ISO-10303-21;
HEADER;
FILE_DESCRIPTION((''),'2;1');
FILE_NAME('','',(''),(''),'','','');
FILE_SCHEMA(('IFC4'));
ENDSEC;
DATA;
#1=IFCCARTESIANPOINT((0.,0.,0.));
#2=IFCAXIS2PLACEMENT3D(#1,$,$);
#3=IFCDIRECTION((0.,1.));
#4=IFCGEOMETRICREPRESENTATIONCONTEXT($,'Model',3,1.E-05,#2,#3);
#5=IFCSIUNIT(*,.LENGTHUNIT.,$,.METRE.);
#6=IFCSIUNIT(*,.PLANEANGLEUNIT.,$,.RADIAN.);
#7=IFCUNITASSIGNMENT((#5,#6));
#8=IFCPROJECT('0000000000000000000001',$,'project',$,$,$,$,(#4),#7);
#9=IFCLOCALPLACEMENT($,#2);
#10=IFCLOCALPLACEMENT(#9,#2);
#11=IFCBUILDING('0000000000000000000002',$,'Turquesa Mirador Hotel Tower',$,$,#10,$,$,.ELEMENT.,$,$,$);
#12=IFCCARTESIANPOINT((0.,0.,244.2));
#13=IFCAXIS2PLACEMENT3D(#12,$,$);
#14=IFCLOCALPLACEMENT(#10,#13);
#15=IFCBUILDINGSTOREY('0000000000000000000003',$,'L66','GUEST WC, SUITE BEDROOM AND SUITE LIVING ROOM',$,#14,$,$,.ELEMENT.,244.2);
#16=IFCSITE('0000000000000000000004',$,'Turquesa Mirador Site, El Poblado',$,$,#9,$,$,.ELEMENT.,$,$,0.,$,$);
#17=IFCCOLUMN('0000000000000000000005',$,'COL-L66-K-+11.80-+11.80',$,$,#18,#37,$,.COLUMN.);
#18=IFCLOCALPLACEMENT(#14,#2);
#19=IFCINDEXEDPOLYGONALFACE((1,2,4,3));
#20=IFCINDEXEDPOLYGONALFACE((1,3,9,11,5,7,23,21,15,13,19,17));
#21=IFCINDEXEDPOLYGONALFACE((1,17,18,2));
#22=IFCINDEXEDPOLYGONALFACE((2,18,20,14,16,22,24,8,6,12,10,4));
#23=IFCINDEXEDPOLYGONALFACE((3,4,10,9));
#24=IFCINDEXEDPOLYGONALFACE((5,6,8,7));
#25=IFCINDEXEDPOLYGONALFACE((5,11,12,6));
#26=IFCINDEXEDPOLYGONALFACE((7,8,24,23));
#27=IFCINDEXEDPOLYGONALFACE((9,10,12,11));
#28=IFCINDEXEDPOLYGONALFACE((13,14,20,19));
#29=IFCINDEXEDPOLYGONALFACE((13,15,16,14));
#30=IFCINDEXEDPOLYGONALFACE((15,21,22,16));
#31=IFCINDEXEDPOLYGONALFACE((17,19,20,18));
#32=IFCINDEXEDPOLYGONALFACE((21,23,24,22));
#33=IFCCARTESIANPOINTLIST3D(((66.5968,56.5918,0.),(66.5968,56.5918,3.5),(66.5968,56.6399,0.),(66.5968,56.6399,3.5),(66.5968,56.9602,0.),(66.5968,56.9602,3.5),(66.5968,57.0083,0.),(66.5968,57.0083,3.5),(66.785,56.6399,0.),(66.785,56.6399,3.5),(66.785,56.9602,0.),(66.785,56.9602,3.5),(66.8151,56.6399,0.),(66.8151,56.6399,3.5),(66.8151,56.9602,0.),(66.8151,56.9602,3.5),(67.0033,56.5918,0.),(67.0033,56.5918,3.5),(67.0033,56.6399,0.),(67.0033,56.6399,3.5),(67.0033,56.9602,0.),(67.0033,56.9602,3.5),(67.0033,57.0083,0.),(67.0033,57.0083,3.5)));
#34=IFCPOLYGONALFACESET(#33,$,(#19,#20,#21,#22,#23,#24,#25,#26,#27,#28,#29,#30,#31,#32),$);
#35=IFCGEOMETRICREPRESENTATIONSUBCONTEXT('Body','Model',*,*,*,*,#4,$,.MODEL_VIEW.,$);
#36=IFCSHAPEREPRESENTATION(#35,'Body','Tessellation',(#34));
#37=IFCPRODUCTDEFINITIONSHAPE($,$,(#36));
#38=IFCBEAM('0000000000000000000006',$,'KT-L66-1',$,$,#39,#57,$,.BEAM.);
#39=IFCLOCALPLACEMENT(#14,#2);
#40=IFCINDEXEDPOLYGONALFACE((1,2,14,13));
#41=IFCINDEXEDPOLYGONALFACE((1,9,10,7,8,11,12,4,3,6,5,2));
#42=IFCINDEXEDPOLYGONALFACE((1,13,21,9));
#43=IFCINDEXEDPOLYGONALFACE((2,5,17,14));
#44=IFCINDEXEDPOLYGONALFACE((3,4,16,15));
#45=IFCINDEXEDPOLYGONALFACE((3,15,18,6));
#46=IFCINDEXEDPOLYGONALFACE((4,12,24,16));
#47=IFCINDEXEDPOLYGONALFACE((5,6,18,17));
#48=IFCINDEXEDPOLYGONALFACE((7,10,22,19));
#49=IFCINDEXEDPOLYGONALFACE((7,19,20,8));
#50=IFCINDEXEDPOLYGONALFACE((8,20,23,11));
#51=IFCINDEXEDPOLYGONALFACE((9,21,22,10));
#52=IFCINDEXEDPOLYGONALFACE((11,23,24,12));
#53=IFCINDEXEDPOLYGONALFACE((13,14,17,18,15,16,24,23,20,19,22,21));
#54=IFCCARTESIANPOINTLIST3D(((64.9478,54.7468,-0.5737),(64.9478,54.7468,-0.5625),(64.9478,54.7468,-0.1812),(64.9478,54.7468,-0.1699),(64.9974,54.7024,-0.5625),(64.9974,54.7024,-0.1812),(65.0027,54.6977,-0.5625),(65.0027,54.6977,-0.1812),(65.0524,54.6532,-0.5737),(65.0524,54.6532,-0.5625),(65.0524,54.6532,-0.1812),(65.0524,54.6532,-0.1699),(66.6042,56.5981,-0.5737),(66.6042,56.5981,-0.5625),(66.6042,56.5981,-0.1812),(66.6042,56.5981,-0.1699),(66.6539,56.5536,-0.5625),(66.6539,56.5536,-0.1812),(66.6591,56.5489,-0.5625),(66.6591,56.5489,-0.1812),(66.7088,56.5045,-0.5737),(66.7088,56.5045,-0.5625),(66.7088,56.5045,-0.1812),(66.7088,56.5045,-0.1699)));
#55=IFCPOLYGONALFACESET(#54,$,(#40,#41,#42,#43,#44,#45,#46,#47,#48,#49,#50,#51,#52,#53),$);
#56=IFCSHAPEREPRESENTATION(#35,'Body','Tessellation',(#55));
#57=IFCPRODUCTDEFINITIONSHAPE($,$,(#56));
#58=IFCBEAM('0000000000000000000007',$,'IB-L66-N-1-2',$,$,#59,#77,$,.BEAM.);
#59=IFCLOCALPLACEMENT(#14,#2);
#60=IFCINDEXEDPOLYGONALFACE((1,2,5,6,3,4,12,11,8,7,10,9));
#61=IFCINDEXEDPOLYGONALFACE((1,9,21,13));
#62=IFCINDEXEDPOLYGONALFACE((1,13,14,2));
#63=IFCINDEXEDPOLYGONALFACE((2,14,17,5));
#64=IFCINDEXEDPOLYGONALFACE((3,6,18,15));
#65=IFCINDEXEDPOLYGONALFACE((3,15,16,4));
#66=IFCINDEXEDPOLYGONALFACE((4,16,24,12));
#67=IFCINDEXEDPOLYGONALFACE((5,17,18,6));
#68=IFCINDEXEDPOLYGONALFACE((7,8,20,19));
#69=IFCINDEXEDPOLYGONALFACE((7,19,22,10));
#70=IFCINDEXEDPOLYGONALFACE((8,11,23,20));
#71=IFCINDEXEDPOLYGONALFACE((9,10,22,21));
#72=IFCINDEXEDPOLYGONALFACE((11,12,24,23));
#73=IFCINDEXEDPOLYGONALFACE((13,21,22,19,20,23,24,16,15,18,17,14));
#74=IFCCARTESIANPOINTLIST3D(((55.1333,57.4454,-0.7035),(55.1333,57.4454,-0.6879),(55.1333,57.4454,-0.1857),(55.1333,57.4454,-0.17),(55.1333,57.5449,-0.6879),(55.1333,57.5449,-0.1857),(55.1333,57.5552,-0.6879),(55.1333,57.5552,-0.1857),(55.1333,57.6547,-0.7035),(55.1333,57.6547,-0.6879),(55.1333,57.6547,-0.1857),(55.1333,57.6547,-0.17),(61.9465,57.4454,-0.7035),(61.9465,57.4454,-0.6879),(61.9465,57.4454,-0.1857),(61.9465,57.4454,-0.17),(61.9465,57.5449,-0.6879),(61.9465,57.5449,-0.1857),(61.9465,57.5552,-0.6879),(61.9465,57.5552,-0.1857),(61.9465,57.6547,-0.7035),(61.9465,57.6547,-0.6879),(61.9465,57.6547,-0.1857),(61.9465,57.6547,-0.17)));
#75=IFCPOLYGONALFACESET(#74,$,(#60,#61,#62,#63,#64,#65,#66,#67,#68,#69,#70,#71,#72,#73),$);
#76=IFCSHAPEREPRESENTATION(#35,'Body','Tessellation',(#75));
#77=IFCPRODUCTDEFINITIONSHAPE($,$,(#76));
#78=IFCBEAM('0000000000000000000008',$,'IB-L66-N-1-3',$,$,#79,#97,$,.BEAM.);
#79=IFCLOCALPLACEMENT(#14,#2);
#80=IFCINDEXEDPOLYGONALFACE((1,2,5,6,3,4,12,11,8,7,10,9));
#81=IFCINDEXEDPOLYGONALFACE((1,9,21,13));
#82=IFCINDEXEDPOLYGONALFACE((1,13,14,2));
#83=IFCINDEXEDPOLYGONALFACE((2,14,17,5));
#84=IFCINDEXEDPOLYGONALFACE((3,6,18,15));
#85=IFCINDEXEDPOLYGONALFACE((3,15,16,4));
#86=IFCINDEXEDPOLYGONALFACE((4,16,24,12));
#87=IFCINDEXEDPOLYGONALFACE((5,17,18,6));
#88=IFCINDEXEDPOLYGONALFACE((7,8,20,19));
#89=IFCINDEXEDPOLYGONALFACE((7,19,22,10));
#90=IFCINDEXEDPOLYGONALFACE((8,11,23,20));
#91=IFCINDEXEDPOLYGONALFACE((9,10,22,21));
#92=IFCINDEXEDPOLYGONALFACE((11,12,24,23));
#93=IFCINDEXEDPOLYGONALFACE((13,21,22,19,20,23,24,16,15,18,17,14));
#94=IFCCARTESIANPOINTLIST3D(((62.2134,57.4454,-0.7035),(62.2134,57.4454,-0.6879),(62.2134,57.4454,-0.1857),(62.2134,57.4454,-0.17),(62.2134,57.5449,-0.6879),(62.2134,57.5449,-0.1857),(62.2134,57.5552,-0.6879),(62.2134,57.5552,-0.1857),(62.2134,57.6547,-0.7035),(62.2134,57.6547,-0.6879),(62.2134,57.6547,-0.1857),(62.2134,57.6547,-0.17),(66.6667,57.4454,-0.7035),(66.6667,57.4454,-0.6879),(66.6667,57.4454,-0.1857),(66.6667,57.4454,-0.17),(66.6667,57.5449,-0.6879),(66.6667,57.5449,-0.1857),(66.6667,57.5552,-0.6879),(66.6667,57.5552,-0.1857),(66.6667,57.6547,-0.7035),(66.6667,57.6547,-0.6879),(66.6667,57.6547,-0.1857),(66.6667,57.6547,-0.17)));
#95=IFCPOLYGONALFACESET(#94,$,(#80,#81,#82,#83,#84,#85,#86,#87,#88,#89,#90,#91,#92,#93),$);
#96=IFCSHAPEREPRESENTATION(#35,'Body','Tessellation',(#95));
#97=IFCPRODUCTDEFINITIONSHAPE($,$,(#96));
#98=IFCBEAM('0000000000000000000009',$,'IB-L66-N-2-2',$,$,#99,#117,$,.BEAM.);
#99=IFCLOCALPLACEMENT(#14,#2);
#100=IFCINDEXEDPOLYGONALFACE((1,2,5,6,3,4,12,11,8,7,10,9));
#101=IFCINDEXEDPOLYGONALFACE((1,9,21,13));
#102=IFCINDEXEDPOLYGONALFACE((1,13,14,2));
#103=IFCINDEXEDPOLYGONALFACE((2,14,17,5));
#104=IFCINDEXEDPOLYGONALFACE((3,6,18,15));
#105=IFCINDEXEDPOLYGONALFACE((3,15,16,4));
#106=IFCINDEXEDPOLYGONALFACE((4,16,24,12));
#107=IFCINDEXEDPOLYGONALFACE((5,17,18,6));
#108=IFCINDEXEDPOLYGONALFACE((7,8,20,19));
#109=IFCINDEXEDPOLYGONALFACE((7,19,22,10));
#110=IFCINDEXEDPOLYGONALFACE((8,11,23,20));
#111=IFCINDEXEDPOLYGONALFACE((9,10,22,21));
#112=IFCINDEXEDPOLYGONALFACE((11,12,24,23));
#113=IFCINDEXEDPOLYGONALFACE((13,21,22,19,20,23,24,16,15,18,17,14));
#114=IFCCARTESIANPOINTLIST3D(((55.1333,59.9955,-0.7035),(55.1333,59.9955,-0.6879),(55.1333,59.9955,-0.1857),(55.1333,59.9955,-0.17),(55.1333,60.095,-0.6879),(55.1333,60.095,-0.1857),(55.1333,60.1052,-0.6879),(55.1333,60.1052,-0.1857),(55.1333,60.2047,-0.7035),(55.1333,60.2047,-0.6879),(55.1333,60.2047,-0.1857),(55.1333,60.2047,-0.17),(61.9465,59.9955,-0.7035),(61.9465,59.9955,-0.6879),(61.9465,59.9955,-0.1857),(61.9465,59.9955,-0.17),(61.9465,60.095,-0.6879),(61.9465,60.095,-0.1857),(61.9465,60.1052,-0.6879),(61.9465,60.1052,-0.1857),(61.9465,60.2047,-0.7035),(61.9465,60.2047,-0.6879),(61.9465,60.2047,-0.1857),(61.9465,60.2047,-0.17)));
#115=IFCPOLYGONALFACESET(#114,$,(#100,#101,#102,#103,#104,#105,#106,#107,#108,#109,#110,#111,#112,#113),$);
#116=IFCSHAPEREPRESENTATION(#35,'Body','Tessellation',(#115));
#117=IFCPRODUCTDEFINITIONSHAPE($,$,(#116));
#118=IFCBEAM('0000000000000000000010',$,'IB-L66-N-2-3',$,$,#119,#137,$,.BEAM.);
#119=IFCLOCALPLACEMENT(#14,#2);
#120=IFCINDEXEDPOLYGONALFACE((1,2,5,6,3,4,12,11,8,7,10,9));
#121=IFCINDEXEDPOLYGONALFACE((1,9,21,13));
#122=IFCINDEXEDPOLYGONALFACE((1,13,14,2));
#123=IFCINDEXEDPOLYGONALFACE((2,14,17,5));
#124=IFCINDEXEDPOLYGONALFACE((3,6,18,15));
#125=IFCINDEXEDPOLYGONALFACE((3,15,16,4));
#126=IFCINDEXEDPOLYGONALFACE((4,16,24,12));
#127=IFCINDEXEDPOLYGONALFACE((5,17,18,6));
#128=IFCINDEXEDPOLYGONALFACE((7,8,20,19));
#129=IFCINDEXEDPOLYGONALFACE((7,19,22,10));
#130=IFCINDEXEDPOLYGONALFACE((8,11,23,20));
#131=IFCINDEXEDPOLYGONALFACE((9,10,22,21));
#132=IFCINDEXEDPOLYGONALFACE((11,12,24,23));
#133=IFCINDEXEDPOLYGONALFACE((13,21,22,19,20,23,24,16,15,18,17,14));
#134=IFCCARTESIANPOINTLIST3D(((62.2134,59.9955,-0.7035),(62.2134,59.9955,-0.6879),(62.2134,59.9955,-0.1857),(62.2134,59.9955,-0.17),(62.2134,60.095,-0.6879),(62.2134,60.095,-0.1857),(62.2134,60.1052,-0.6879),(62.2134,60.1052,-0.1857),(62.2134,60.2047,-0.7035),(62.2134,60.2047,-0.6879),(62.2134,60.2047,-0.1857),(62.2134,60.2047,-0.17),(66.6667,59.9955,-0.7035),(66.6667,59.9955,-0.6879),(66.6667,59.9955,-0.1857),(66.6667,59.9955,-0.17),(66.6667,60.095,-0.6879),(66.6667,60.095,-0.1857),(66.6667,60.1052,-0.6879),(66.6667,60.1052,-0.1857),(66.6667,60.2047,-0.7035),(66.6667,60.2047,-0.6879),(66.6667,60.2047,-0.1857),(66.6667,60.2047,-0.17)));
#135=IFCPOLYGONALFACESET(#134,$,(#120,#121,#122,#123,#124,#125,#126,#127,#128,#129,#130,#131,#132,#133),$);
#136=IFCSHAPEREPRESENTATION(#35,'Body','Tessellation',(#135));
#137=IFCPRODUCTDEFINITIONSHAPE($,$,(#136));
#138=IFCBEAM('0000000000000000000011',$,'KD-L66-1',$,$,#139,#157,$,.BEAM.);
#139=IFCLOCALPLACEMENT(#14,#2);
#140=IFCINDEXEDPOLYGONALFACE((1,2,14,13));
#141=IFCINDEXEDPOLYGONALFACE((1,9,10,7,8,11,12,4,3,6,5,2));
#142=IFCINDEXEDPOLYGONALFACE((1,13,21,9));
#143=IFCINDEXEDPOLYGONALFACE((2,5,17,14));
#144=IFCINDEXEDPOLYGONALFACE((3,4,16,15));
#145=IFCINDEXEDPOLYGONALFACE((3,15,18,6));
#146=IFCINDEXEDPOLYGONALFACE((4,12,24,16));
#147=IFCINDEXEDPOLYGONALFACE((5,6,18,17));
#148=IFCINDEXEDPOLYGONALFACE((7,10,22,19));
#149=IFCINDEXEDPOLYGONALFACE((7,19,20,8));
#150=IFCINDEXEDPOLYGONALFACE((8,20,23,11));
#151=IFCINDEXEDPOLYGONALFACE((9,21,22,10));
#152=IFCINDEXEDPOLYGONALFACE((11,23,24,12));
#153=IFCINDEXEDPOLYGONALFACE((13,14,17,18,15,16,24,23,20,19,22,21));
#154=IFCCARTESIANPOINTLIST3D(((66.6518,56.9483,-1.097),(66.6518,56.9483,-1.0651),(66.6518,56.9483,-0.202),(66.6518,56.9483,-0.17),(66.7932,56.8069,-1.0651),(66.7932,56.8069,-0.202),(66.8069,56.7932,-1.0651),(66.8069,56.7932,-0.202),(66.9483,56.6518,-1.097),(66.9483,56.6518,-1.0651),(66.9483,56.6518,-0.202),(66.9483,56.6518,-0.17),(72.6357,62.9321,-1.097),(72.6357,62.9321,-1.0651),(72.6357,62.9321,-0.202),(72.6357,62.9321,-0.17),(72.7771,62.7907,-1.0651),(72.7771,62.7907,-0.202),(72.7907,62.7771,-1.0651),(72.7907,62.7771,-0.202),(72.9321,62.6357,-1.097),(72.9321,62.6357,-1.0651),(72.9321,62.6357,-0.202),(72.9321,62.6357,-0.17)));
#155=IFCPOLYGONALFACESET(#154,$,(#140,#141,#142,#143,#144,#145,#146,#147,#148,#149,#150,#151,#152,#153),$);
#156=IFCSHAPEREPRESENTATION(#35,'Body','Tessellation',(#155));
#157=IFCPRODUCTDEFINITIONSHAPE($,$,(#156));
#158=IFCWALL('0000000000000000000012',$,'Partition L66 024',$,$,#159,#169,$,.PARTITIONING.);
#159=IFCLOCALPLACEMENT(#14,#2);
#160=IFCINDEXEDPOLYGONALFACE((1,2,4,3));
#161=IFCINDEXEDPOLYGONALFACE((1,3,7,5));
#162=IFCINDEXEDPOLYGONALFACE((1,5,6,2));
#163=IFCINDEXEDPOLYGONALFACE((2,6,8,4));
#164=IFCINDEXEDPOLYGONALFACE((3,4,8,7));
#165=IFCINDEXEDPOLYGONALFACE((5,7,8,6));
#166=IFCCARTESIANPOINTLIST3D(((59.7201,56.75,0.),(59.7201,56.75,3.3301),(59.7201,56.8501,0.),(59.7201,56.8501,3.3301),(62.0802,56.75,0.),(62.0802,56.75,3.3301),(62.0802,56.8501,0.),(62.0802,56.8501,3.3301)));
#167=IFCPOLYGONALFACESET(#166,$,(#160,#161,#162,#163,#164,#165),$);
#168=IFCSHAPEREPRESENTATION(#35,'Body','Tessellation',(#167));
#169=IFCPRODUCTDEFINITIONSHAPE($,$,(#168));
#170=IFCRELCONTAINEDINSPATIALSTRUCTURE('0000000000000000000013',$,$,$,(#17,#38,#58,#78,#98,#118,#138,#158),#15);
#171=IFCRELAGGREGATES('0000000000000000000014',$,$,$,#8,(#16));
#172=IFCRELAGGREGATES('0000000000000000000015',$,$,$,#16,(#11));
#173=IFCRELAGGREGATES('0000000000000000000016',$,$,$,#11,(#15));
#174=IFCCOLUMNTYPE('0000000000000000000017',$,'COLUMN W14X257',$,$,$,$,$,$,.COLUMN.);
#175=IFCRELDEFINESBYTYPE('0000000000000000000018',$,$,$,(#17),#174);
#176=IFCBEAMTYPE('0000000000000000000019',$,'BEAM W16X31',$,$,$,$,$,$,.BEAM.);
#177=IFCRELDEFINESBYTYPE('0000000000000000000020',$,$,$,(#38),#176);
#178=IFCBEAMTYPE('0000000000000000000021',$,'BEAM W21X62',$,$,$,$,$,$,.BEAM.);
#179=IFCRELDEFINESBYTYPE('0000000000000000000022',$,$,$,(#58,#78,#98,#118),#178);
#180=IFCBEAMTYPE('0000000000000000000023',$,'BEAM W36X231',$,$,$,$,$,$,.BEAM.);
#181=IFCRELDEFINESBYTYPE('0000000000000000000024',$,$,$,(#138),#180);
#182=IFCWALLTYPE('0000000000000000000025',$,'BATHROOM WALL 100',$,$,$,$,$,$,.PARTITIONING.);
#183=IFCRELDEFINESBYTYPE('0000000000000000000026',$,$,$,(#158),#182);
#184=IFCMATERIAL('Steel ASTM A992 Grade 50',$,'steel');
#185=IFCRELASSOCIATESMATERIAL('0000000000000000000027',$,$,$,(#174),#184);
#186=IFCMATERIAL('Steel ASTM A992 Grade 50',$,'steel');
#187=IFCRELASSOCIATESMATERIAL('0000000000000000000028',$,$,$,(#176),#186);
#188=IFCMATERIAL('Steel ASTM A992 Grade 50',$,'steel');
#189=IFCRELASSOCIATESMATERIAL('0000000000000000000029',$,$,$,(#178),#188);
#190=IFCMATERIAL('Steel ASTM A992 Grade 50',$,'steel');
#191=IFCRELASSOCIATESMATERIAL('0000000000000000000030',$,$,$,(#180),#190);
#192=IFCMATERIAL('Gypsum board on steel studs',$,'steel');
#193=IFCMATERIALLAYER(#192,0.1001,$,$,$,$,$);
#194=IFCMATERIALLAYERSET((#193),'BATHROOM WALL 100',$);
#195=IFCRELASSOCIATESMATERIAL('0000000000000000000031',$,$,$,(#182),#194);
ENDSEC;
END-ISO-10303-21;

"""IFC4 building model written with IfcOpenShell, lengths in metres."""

from ifc_helpers import new_model, si_unit, direction, frame, frame_2d, origin, origin_2d, place, context, subcontext, project, spatial, rectangle, i_section, extrude, material, layer, layer_set, material_profile, profile_set, type_object, element, save


model = new_model("IFC4")

# Units and contexts
model_context = context("Model", 3, precision=1e-05, world=origin(), true_north=direction((0.0, 1.0)))
body_context = subcontext(model_context, "Body", "Model", "MODEL_VIEW")
ifc_project = project(units=[si_unit("LENGTHUNIT", "METRE"), si_unit("PLANEANGLEUNIT", "RADIAN")], contexts=[model_context])

# Site, building, storey
site_placement = place(None, origin())
site = spatial("IfcSite", under=ifc_project, at=site_placement, Name="Turquesa Mirador Site, El Poblado", CompositionType="ELEMENT", RefElevation=0.0)
building_placement = place(site_placement, origin())
building = spatial("IfcBuilding", under=site, at=building_placement, Name="Turquesa Mirador Hotel Tower", CompositionType="ELEMENT")
storey_placement = place(building_placement, frame((0.0, 0.0, 244.2)))
storey = spatial("IfcBuildingStorey", under=building, at=storey_placement, Name="L66", Description="GUEST WC, SUITE BEDROOM AND SUITE LIVING ROOM", CompositionType="ELEMENT", Elevation=244.2)

# Column
ifc_material_1 = material(Name="Steel ASTM A992 Grade 50", Category="steel")
ifc_material_profile_1 = material_profile(ifc_material_1, i_section(OverallWidth=0.4065, OverallDepth=0.4165, WebThickness=0.03, FlangeThickness=0.0481, at=origin_2d()), Name="W14X257")
ifc_profile_set_1 = profile_set([ifc_material_profile_1], Name="Steel ASTM A992 Grade 50")
column_type = type_object("IfcColumnType", Name="COLUMN W14X257", PredefinedType="COLUMN", material=ifc_profile_set_1)
column_placement = place(storey_placement, frame((66.8, 56.8, 0.0), z_axis=(0.0, 0.0, 1.0), x_axis=(1.0, 0.0, 0.0)))
element("IfcColumn", 1, at=column_placement, inside=storey, type_object=column_type, Name="COL-L66-K-+11.80-+11.80", PredefinedType="COLUMN", context=body_context, shape_type="SweptSolid", body=[
    extrude(i_section(OverallWidth=0.4065, OverallDepth=0.4165, WebThickness=0.03, FlangeThickness=0.0481, at=origin_2d()), origin(), (0.0, 0.0, 1.0), 3.5),
])

# Beams
ifc_material_2 = material(Name="Steel ASTM A992 Grade 50", Category="steel")
ifc_material_profile_2 = material_profile(ifc_material_2, i_section(OverallWidth=0.1404, OverallDepth=0.4038, WebThickness=0.0071, FlangeThickness=0.0112, at=origin_2d()), Name="W16X31")
ifc_profile_set_2 = profile_set([ifc_material_profile_2], Name="Steel ASTM A992 Grade 50")
beam_type_1 = type_object("IfcBeamType", Name="BEAM W16X31", PredefinedType="BEAM", material=ifc_profile_set_2)
beam_1_placement = place(storey_placement, frame((66.6565, 56.5513, -0.3718), z_axis=(-0.666806, -0.745231, 0.0), x_axis=(0.745231, -0.666806, 0.0)))
element("IfcBeam", 2, at=beam_1_placement, inside=storey, type_object=beam_type_1, Name="KT-L66-1", PredefinedType="BEAM", context=body_context, shape_type="SweptSolid", body=[
    extrude(i_section(OverallWidth=0.1404, OverallDepth=0.4038, WebThickness=0.0071, FlangeThickness=0.0112, at=origin_2d()), origin(), (0.0, 0.0, 1.0), 2.4841),
])
ifc_material_3 = material(Name="Steel ASTM A992 Grade 50", Category="steel")
ifc_material_profile_3 = material_profile(ifc_material_3, i_section(OverallWidth=0.2092, OverallDepth=0.5334, WebThickness=0.0103, FlangeThickness=0.0156, at=origin_2d()), Name="W21X62")
ifc_profile_set_3 = profile_set([ifc_material_profile_3], Name="Steel ASTM A992 Grade 50")
beam_type_2 = type_object("IfcBeamType", Name="BEAM W21X62", PredefinedType="BEAM", material=ifc_profile_set_3)
beam_2_placement = place(storey_placement, frame((55.1333, 57.55, -0.4368), z_axis=(1.0, 0.0, 0.0), x_axis=(0.0, 1.0, 0.0)))
element("IfcBeam", 3, at=beam_2_placement, inside=storey, type_object=beam_type_2, Name="IB-L66-N-1-2", PredefinedType="BEAM", context=body_context, shape_type="SweptSolid", body=[
    extrude(i_section(OverallWidth=0.2092, OverallDepth=0.5334, WebThickness=0.0103, FlangeThickness=0.0156, at=origin_2d()), origin(), (0.0, 0.0, 1.0), 6.8132),
])
beam_3_placement = place(storey_placement, frame((62.2134, 57.55, -0.4368), z_axis=(1.0, 0.0, 0.0), x_axis=(0.0, 1.0, 0.0)))
element("IfcBeam", 4, at=beam_3_placement, inside=storey, type_object=beam_type_2, Name="IB-L66-N-1-3", PredefinedType="BEAM", context=body_context, shape_type="SweptSolid", body=[
    extrude(i_section(OverallWidth=0.2092, OverallDepth=0.5334, WebThickness=0.0103, FlangeThickness=0.0156, at=origin_2d()), origin(), (0.0, 0.0, 1.0), 4.4534),
])
beam_4_placement = place(storey_placement, frame((55.1333, 60.1001, -0.4368), z_axis=(1.0, 0.0, 0.0), x_axis=(0.0, 1.0, 0.0)))
element("IfcBeam", 5, at=beam_4_placement, inside=storey, type_object=beam_type_2, Name="IB-L66-N-2-2", PredefinedType="BEAM", context=body_context, shape_type="SweptSolid", body=[
    extrude(i_section(OverallWidth=0.2092, OverallDepth=0.5334, WebThickness=0.0103, FlangeThickness=0.0156, at=origin_2d()), origin(), (0.0, 0.0, 1.0), 6.8132),
])
beam_5_placement = place(storey_placement, frame((62.2134, 60.1001, -0.4368), z_axis=(1.0, 0.0, 0.0), x_axis=(0.0, 1.0, 0.0)))
element("IfcBeam", 6, at=beam_5_placement, inside=storey, type_object=beam_type_2, Name="IB-L66-N-2-3", PredefinedType="BEAM", context=body_context, shape_type="SweptSolid", body=[
    extrude(i_section(OverallWidth=0.2092, OverallDepth=0.5334, WebThickness=0.0103, FlangeThickness=0.0156, at=origin_2d()), origin(), (0.0, 0.0, 1.0), 4.4534),
])
ifc_material_4 = material(Name="Steel ASTM A992 Grade 50", Category="steel")
ifc_material_profile_4 = material_profile(ifc_material_4, i_section(OverallWidth=0.4192, OverallDepth=0.927, WebThickness=0.0193, FlangeThickness=0.032, at=origin_2d()), Name="W36X231")
ifc_profile_set_4 = profile_set([ifc_material_profile_4], Name="Steel ASTM A992 Grade 50")
beam_type_3 = type_object("IfcBeamType", Name="BEAM W36X231", PredefinedType="BEAM", material=ifc_profile_set_4)
beam_6_placement = place(storey_placement, frame((66.8, 56.8, -0.6335), z_axis=(0.707107, 0.707107, 0.0), x_axis=(-0.707107, 0.707107, 0.0)))
element("IfcBeam", 7, at=beam_6_placement, inside=storey, type_object=beam_type_3, Name="KD-L66-1", PredefinedType="BEAM", context=body_context, shape_type="SweptSolid", body=[
    extrude(i_section(OverallWidth=0.4192, OverallDepth=0.927, WebThickness=0.0193, FlangeThickness=0.032, at=origin_2d()), origin(), (0.0, 0.0, 1.0), 8.4624),
])

# Wall
ifc_material_5 = material(Name="Gypsum board on steel studs", Category="steel")
ifc_layer_1 = layer(ifc_material_5, 0.1001)
ifc_layer_set_1 = layer_set([ifc_layer_1], Name="BATHROOM WALL 100")
wall_type_1 = type_object("IfcWallType", Name="BATHROOM WALL 100", PredefinedType="PARTITIONING", material=ifc_layer_set_1)
wall_1_placement = place(storey_placement, frame((59.72, 56.8, 0.0), z_axis=(0.0, 0.0, 1.0), x_axis=(1.0, 0.0, 0.0)))
element("IfcWall", 8, at=wall_1_placement, inside=storey, type_object=wall_type_1, Name="Partition L66 024", PredefinedType="PARTITIONING", context=body_context, shape_type="SweptSolid", body=[
    extrude(rectangle(XDim=2.3601, YDim=0.1001, at=frame_2d((1.1802, 0.0))), origin(), (0.0, 0.0, 1.0), 3.3301),
])

save(model, "model.ifc")
